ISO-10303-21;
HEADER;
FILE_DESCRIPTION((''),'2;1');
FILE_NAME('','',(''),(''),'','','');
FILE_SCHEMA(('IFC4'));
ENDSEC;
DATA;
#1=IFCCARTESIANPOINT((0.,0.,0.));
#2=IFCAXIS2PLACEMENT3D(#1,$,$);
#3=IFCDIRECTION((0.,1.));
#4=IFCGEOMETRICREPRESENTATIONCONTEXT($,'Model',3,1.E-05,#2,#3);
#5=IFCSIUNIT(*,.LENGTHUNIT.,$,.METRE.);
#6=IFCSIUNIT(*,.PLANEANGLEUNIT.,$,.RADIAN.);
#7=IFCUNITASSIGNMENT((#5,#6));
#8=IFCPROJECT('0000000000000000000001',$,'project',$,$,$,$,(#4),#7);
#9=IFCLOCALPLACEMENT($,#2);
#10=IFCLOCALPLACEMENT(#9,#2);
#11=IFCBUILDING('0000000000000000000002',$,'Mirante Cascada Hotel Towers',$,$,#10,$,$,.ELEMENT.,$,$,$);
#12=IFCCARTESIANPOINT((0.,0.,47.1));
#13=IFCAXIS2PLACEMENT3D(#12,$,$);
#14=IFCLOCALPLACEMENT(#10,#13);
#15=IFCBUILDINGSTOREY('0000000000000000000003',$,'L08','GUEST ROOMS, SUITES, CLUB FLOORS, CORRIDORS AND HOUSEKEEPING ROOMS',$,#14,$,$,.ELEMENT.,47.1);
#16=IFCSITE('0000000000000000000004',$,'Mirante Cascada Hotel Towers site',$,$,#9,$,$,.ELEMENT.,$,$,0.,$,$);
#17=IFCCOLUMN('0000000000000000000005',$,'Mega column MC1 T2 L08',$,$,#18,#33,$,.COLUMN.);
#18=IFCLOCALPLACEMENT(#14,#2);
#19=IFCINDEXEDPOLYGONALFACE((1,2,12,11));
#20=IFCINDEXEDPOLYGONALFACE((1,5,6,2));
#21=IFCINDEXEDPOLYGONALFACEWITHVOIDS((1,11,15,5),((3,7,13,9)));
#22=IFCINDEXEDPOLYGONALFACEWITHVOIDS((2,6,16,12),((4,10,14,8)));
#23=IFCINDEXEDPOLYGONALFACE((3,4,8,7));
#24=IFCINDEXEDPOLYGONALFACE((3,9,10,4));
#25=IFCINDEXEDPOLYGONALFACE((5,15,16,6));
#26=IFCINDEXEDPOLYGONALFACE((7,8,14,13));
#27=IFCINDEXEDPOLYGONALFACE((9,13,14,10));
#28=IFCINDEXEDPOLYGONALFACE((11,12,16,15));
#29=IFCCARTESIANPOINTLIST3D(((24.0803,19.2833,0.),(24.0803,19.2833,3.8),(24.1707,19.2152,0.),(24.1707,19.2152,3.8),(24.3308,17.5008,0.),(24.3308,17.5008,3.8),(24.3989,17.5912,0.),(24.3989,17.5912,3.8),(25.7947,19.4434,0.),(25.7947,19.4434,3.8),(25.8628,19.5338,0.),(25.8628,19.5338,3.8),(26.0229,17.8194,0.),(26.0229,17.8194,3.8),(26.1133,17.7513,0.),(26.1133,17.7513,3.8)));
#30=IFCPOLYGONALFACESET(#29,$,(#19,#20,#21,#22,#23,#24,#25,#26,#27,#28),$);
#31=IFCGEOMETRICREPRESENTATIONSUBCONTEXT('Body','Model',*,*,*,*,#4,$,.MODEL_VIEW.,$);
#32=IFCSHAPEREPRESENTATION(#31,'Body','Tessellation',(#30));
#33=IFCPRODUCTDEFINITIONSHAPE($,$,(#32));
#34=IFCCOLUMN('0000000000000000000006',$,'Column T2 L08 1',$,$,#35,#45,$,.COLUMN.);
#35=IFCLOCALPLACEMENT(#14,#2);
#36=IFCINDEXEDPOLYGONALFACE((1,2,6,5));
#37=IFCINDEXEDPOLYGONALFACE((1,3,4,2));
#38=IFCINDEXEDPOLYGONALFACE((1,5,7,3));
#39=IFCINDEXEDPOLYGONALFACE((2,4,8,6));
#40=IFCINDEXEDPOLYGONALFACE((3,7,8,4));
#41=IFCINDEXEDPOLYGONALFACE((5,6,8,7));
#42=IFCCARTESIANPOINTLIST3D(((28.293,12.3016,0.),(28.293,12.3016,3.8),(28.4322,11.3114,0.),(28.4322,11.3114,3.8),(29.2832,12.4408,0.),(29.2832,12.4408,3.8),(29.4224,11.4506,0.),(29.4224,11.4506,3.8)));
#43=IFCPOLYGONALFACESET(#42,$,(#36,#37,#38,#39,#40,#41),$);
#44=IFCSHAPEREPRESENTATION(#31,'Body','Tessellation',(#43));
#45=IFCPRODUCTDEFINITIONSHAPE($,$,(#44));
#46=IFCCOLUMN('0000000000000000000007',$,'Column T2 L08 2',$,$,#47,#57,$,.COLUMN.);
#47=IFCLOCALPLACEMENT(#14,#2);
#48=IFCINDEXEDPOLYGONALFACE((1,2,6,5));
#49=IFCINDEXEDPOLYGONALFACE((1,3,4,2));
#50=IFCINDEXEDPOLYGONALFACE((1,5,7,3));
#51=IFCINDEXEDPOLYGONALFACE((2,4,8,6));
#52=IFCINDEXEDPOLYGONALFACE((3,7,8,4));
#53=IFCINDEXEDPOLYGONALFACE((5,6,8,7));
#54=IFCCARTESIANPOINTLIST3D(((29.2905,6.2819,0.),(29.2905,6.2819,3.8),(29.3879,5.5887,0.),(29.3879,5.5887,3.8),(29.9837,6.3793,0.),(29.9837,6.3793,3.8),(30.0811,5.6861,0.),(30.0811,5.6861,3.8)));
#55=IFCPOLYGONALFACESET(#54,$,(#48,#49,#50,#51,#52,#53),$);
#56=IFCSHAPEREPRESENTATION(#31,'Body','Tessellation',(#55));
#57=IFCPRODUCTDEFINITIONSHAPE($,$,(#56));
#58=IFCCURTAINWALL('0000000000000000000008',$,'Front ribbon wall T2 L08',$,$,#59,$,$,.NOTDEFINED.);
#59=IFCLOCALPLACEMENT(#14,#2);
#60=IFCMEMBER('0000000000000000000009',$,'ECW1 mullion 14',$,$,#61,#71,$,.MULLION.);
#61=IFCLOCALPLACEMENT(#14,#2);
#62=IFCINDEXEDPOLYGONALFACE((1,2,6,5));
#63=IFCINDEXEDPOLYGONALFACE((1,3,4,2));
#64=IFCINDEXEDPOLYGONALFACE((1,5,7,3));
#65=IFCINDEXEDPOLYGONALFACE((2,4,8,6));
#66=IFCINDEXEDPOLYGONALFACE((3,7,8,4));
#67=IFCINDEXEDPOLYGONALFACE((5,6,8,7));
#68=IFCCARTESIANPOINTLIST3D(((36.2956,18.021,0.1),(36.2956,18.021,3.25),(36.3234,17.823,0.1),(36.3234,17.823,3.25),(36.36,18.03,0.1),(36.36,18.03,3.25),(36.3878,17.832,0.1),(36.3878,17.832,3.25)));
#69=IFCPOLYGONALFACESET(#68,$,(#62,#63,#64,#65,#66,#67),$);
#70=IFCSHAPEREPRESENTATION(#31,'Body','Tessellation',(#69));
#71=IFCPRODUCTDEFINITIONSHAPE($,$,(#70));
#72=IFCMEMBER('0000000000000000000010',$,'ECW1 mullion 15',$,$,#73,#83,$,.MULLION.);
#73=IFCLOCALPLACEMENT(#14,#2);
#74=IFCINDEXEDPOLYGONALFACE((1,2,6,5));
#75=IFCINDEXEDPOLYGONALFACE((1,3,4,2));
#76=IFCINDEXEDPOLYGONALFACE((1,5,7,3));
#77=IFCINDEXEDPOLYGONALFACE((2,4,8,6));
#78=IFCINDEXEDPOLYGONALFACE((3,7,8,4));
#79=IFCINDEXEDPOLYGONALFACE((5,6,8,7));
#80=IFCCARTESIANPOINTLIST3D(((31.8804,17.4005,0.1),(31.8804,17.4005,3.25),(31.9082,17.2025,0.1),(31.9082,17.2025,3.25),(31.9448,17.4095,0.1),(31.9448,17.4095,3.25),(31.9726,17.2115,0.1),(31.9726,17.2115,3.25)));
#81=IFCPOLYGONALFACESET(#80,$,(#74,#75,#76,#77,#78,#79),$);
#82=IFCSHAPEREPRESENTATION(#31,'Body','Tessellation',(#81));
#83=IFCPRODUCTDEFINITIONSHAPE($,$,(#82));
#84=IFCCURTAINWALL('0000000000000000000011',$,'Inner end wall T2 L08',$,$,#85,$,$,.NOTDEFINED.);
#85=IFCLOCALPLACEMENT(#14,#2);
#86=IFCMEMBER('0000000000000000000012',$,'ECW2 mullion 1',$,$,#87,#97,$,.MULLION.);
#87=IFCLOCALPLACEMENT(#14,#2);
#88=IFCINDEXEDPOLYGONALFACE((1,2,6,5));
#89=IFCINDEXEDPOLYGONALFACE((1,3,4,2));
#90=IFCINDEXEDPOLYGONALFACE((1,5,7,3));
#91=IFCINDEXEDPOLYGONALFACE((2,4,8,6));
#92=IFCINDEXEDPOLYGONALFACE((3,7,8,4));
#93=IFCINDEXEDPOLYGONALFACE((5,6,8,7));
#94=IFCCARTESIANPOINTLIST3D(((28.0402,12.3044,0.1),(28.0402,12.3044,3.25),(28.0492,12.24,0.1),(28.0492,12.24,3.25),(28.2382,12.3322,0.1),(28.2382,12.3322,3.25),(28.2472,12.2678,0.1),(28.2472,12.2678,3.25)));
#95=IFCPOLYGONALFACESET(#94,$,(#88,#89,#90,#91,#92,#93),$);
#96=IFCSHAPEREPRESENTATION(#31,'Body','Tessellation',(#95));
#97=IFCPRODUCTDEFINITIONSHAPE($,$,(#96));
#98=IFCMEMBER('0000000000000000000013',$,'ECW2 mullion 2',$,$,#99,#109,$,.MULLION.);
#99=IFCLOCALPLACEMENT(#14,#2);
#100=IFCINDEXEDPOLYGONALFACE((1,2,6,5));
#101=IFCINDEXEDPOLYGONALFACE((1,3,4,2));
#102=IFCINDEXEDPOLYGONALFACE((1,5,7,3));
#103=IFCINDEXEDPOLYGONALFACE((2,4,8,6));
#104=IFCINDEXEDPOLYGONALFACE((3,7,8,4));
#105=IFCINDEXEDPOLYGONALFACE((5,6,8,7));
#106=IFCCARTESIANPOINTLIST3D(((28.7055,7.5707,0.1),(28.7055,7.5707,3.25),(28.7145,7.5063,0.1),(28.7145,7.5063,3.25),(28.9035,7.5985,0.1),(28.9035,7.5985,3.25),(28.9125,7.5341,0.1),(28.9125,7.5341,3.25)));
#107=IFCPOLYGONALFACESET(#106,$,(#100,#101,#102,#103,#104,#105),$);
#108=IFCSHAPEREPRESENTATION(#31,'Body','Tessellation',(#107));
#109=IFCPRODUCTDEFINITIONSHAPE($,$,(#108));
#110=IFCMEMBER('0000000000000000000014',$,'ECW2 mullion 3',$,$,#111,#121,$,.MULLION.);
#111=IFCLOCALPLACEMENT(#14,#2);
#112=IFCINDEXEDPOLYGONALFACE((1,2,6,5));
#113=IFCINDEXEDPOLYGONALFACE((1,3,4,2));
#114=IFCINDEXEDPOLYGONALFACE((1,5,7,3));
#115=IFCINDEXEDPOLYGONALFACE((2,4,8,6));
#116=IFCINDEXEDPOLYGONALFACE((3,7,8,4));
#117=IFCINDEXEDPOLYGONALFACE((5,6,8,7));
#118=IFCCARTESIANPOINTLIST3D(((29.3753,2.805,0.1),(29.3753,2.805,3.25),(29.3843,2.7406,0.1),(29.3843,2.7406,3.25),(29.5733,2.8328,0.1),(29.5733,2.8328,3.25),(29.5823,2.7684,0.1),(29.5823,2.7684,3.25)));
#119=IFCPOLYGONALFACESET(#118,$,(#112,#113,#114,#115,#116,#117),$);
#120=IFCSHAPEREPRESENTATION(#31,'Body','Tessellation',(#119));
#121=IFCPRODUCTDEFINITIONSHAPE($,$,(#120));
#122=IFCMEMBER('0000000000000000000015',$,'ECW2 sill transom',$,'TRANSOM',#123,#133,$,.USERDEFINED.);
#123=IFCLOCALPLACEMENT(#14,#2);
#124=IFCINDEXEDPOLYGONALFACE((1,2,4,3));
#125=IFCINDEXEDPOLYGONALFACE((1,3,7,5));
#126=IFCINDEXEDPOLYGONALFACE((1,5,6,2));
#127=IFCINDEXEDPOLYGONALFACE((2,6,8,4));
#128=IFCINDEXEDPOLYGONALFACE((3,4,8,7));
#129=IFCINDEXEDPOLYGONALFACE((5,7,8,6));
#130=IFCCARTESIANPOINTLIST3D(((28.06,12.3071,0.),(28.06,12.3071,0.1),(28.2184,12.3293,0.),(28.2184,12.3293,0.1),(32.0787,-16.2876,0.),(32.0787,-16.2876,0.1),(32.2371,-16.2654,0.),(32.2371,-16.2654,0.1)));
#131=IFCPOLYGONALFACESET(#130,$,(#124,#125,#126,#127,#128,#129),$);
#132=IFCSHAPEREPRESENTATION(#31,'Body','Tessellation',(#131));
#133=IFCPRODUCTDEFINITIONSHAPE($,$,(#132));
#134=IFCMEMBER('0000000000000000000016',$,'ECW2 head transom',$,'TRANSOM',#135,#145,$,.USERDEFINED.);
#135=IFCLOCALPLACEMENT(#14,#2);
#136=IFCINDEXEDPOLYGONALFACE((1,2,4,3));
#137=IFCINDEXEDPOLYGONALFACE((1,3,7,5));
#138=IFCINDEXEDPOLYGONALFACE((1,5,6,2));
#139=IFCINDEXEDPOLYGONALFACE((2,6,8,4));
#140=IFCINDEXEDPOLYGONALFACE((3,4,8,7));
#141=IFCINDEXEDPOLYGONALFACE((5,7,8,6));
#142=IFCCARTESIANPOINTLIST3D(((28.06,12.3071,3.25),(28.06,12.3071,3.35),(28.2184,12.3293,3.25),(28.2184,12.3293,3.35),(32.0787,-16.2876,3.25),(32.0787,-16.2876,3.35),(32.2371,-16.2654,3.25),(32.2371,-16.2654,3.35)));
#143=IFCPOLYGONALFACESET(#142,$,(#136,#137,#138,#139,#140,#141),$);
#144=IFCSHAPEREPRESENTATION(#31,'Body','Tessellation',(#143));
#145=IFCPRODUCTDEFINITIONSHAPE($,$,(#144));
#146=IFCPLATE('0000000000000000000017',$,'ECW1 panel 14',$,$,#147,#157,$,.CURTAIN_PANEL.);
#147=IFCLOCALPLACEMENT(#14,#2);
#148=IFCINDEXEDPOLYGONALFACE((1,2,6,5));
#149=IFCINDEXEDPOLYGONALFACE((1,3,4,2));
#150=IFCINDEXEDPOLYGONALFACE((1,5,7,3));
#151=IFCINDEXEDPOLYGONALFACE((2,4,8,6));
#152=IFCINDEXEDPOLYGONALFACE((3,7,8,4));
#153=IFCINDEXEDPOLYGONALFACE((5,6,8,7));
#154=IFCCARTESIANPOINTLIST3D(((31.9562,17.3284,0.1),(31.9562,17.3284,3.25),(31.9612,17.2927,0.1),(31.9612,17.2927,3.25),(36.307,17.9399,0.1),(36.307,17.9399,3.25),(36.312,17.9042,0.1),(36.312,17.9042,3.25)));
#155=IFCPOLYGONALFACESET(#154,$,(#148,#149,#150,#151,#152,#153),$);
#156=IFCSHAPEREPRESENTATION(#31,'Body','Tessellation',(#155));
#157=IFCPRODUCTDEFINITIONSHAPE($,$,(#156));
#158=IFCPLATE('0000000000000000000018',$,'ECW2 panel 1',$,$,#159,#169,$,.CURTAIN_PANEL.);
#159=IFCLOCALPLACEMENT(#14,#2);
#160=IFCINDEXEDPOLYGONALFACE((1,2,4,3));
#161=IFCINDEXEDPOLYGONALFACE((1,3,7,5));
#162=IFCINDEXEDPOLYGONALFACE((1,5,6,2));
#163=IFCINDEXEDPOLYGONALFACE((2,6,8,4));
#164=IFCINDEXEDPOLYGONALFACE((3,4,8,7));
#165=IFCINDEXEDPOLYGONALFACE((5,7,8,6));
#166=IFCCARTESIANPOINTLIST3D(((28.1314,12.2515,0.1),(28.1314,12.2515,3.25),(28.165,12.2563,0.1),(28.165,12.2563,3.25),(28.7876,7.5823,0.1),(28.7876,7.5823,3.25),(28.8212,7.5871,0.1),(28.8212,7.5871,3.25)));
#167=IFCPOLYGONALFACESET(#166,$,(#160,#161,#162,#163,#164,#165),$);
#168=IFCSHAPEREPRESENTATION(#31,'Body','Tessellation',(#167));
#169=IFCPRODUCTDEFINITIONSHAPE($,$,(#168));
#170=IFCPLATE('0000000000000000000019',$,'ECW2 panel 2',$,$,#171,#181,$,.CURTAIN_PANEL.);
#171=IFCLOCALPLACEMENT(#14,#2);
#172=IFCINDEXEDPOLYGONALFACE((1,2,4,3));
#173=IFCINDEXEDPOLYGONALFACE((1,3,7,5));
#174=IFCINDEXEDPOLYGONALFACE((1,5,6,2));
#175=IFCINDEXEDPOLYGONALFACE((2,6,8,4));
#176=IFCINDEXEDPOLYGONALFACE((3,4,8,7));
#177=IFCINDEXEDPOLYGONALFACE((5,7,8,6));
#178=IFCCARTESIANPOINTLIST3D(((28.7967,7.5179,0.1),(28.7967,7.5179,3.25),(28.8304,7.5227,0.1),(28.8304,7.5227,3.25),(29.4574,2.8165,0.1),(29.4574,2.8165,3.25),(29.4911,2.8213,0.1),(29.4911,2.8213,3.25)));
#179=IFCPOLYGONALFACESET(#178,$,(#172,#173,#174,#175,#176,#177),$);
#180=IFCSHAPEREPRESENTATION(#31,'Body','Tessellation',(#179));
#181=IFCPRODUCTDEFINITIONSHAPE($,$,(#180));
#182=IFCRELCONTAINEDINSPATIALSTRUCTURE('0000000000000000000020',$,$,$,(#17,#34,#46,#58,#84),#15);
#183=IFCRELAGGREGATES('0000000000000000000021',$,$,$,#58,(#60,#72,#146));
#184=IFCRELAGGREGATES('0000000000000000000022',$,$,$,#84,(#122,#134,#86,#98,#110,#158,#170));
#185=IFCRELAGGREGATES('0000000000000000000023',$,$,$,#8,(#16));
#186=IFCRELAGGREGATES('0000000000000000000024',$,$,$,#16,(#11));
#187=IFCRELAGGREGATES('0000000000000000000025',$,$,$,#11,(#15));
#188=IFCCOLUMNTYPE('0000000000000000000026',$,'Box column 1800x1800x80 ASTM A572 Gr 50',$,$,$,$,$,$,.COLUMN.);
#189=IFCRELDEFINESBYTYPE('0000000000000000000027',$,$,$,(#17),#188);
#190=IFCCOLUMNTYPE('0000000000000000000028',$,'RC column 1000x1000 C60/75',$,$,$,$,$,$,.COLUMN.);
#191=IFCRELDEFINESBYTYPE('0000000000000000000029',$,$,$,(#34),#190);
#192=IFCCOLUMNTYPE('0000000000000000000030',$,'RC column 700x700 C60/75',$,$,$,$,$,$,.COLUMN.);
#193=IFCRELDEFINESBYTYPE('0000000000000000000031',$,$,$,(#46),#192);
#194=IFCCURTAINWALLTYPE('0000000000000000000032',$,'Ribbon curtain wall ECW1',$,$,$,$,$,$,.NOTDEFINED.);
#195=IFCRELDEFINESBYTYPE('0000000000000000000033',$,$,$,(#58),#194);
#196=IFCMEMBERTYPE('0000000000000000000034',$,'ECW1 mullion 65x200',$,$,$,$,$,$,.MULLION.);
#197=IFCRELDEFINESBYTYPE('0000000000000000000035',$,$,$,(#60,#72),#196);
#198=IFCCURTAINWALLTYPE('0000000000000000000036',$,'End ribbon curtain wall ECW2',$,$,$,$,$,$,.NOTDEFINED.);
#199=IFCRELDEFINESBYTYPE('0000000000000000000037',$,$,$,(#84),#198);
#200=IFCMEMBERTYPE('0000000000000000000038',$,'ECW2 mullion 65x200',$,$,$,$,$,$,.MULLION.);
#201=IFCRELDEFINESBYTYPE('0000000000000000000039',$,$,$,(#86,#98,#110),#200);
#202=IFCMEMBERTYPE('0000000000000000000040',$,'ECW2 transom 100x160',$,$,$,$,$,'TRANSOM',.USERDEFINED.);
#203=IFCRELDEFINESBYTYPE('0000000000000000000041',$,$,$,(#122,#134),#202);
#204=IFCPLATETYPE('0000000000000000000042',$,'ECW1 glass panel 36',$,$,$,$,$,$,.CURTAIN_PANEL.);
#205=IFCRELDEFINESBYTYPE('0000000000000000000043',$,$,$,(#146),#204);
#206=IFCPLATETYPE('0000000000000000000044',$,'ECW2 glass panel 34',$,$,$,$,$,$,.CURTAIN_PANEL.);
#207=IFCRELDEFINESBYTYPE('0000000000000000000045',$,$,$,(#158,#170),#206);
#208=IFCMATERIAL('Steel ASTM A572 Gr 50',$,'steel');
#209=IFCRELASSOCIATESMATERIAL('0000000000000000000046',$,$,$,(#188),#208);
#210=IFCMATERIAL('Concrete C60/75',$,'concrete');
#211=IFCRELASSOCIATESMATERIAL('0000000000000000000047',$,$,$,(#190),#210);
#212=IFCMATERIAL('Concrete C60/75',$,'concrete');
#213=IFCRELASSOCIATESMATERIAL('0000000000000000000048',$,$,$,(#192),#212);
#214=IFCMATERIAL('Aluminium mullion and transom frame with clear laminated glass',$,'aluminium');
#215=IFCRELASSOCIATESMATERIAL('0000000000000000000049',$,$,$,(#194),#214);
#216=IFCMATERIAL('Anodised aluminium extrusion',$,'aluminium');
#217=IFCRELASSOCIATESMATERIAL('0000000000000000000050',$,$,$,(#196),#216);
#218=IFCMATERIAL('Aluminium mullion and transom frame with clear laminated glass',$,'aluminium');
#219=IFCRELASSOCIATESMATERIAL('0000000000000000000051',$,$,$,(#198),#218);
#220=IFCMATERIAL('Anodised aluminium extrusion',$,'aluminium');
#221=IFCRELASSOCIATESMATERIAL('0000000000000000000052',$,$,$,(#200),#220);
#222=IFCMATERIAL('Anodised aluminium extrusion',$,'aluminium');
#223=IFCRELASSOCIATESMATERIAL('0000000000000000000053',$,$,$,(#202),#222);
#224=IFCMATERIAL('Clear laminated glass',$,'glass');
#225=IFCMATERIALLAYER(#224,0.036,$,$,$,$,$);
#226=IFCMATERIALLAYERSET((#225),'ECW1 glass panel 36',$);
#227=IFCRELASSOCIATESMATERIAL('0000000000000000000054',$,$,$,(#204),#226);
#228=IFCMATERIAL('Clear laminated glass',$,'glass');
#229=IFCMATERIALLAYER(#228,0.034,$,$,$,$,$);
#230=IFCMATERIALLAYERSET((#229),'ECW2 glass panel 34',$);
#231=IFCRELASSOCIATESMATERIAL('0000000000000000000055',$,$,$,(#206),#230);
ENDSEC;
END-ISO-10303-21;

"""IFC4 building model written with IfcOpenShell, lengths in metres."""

from ifc_helpers import new_model, si_unit, direction, frame, origin, origin_2d, place, context, subcontext, project, spatial, rectangle, hollow_rectangle, extrude, material, layer, layer_set, material_profile, profile_set, type_object, element, aggregate, save


model = new_model("IFC4")

# Units and contexts
model_context = context("Model", 3, precision=1e-05, world=origin(), true_north=direction((0.0, 1.0)))
body_context = subcontext(model_context, "Body", "Model", "MODEL_VIEW")
ifc_project = project(units=[si_unit("LENGTHUNIT", "METRE"), si_unit("PLANEANGLEUNIT", "RADIAN")], contexts=[model_context])

# Site, building, storey
site_placement = place(None, origin())
site = spatial("IfcSite", under=ifc_project, at=site_placement, Name="Mirante Cascada Hotel Towers site", CompositionType="ELEMENT", RefElevation=0.0)
building_placement = place(site_placement, origin())
building = spatial("IfcBuilding", under=site, at=building_placement, Name="Mirante Cascada Hotel Towers", CompositionType="ELEMENT")
storey_placement = place(building_placement, frame((0.0, 0.0, 47.1)))
storey = spatial("IfcBuildingStorey", under=building, at=storey_placement, Name="L08", Description="GUEST ROOMS, SUITES, CLUB FLOORS, CORRIDORS AND HOUSEKEEPING ROOMS", CompositionType="ELEMENT", Elevation=47.1)

# Columns
ifc_material_1 = material(Name="Steel ASTM A572 Gr 50", Category="steel")
ifc_material_profile_1 = material_profile(ifc_material_1, hollow_rectangle(XDim=1.8, YDim=1.8, WallThickness=0.08, at=origin_2d()), Name="Box column 1800x1800x80 ASTM A572 Gr 50")
ifc_profile_set_1 = profile_set([ifc_material_profile_1], Name="Steel ASTM A572 Gr 50")
column_type_1 = type_object("IfcColumnType", Name="Box column 1800x1800x80 ASTM A572 Gr 50", PredefinedType="COLUMN", material=ifc_profile_set_1)
column_1_placement = place(storey_placement, frame((25.0968, 18.5173, 0.0), z_axis=(0.0, 0.0, 1.0), x_axis=(0.990268, 0.139173, 0.0)))
element("IfcColumn", 1, at=column_1_placement, inside=storey, type_object=column_type_1, Name="Mega column MC1 T2 L08", PredefinedType="COLUMN", context=body_context, shape_type="SweptSolid", body=[
    extrude(hollow_rectangle(XDim=1.8, YDim=1.8, WallThickness=0.08, at=origin_2d()), origin(), (0.0, 0.0, 1.0), 3.8),
])
ifc_material_2 = material(Name="Concrete C60/75", Category="concrete")
ifc_material_profile_2 = material_profile(ifc_material_2, rectangle(XDim=1.0, YDim=1.0, at=origin_2d()), Name="RC column 1000x1000 C60/75")
ifc_profile_set_2 = profile_set([ifc_material_profile_2], Name="Concrete C60/75")
column_type_2 = type_object("IfcColumnType", Name="RC column 1000x1000 C60/75", PredefinedType="COLUMN", material=ifc_profile_set_2)
column_2_placement = place(storey_placement, frame((28.8577, 11.8761, 0.0), z_axis=(0.0, 0.0, 1.0), x_axis=(0.990268, 0.139173, 0.0)))
element("IfcColumn", 2, at=column_2_placement, inside=storey, type_object=column_type_2, Name="Column T2 L08 1", PredefinedType="COLUMN", context=body_context, shape_type="SweptSolid", body=[
    extrude(rectangle(XDim=1.0, YDim=1.0, at=origin_2d()), origin(), (0.0, 0.0, 1.0), 3.8),
])
ifc_material_3 = material(Name="Concrete C60/75", Category="concrete")
ifc_material_profile_3 = material_profile(ifc_material_3, rectangle(XDim=0.7, YDim=0.7, at=origin_2d()), Name="RC column 700x700 C60/75")
ifc_profile_set_3 = profile_set([ifc_material_profile_3], Name="Concrete C60/75")
column_type_3 = type_object("IfcColumnType", Name="RC column 700x700 C60/75", PredefinedType="COLUMN", material=ifc_profile_set_3)
column_3_placement = place(storey_placement, frame((29.6858, 5.984, 0.0), z_axis=(0.0, 0.0, 1.0), x_axis=(0.990268, 0.139173, 0.0)))
element("IfcColumn", 3, at=column_3_placement, inside=storey, type_object=column_type_3, Name="Column T2 L08 2", PredefinedType="COLUMN", context=body_context, shape_type="SweptSolid", body=[
    extrude(rectangle(XDim=0.7, YDim=0.7, at=origin_2d()), origin(), (0.0, 0.0, 1.0), 3.8),
])

# Curtain walls, members
ifc_material_4 = material(Name="Aluminium mullion and transom frame with clear laminated glass", Category="aluminium")
curtain_wall_type_1 = type_object("IfcCurtainWallType", Name="Ribbon curtain wall ECW1", PredefinedType="NOTDEFINED", material=ifc_material_4)
curtain_wall_1_placement = place(storey_placement, origin())
curtain_wall_1 = element("IfcCurtainWall", 4, at=curtain_wall_1_placement, inside=storey, type_object=curtain_wall_type_1, Name="Front ribbon wall T2 L08", PredefinedType="NOTDEFINED")
ifc_material_5 = material(Name="Anodised aluminium extrusion", Category="aluminium")
ifc_material_profile_4 = material_profile(ifc_material_5, rectangle(XDim=0.2, YDim=0.065, at=origin_2d()), Name="ECW1 MULLION 65x200")
ifc_profile_set_4 = profile_set([ifc_material_profile_4], Name="Anodised aluminium extrusion")
member_type_1 = type_object("IfcMemberType", Name="ECW1 mullion 65x200", PredefinedType="MULLION", material=ifc_profile_set_4)
member_1_placement = place(storey_placement, frame((36.3417, 17.9265, 0.1), z_axis=(0.0, 0.0, 1.0), x_axis=(0.139173, -0.990268, 0.0)))
member_1 = element("IfcMember", 5, at=member_1_placement, type_object=member_type_1, Name="ECW1 mullion 14", PredefinedType="MULLION", context=body_context, shape_type="SweptSolid", body=[
    extrude(rectangle(XDim=0.2, YDim=0.065, at=origin_2d()), origin(), (0.0, 0.0, 1.0), 3.15),
])
member_2_placement = place(storey_placement, frame((31.9265, 17.306, 0.1), z_axis=(0.0, 0.0, 1.0), x_axis=(0.139173, -0.990268, 0.0)))
member_2 = element("IfcMember", 6, at=member_2_placement, type_object=member_type_1, Name="ECW1 mullion 15", PredefinedType="MULLION", context=body_context, shape_type="SweptSolid", body=[
    extrude(rectangle(XDim=0.2, YDim=0.065, at=origin_2d()), origin(), (0.0, 0.0, 1.0), 3.15),
])
ifc_material_6 = material(Name="Aluminium mullion and transom frame with clear laminated glass", Category="aluminium")
curtain_wall_type_2 = type_object("IfcCurtainWallType", Name="End ribbon curtain wall ECW2", PredefinedType="NOTDEFINED", material=ifc_material_6)
curtain_wall_2_placement = place(storey_placement, origin())
curtain_wall_2 = element("IfcCurtainWall", 7, at=curtain_wall_2_placement, inside=storey, type_object=curtain_wall_type_2, Name="Inner end wall T2 L08", PredefinedType="NOTDEFINED")
ifc_material_7 = material(Name="Anodised aluminium extrusion", Category="aluminium")
ifc_material_profile_5 = material_profile(ifc_material_7, rectangle(XDim=0.2, YDim=0.065, at=origin_2d()), Name="ECW2 MULLION 65x200")
ifc_profile_set_5 = profile_set([ifc_material_profile_5], Name="Anodised aluminium extrusion")
member_type_2 = type_object("IfcMemberType", Name="ECW2 mullion 65x200", PredefinedType="MULLION", material=ifc_profile_set_5)
member_3_placement = place(storey_placement, frame((28.1437, 12.2861, 0.1), z_axis=(0.0, 0.0, 1.0), x_axis=(0.990268, 0.139173, 0.0)))
member_3 = element("IfcMember", 8, at=member_3_placement, type_object=member_type_2, Name="ECW2 mullion 1", PredefinedType="MULLION", context=body_context, shape_type="SweptSolid", body=[
    extrude(rectangle(XDim=0.2, YDim=0.065, at=origin_2d()), origin(), (0.0, 0.0, 1.0), 3.15),
])
member_4_placement = place(storey_placement, frame((28.809, 7.5524, 0.1), z_axis=(0.0, 0.0, 1.0), x_axis=(0.990268, 0.139173, 0.0)))
member_4 = element("IfcMember", 9, at=member_4_placement, type_object=member_type_2, Name="ECW2 mullion 2", PredefinedType="MULLION", context=body_context, shape_type="SweptSolid", body=[
    extrude(rectangle(XDim=0.2, YDim=0.065, at=origin_2d()), origin(), (0.0, 0.0, 1.0), 3.15),
])
member_5_placement = place(storey_placement, frame((29.4788, 2.7867, 0.1), z_axis=(0.0, 0.0, 1.0), x_axis=(0.990268, 0.139173, 0.0)))
member_5 = element("IfcMember", 10, at=member_5_placement, type_object=member_type_2, Name="ECW2 mullion 3", PredefinedType="MULLION", context=body_context, shape_type="SweptSolid", body=[
    extrude(rectangle(XDim=0.2, YDim=0.065, at=origin_2d()), origin(), (0.0, 0.0, 1.0), 3.15),
])
ifc_material_8 = material(Name="Anodised aluminium extrusion", Category="aluminium")
ifc_material_profile_6 = material_profile(ifc_material_8, rectangle(XDim=0.16, YDim=0.1, at=origin_2d()), Name="ECW2 TRANSOM 100x160")
ifc_profile_set_6 = profile_set([ifc_material_profile_6], Name="Anodised aluminium extrusion")
member_type_3 = type_object("IfcMemberType", Name="ECW2 transom 100x160", ElementType="TRANSOM", PredefinedType="USERDEFINED", material=ifc_profile_set_6)
member_6_placement = place(storey_placement, frame((28.1392, 12.3182, 0.05), z_axis=(0.139172, -0.990268, 0.0), x_axis=(0.990268, 0.139172, 0.0)))
member_6 = element("IfcMember", 11, at=member_6_placement, type_object=member_type_3, Name="ECW2 sill transom", ObjectType="TRANSOM", PredefinedType="USERDEFINED", context=body_context, shape_type="SweptSolid", body=[
    extrude(rectangle(XDim=0.16, YDim=0.1, at=origin_2d()), origin(), (0.0, 0.0, 1.0), 28.8757),
])
member_7_placement = place(storey_placement, frame((28.1392, 12.3182, 3.3), z_axis=(0.139172, -0.990268, 0.0), x_axis=(0.990268, 0.139172, 0.0)))
member_7 = element("IfcMember", 12, at=member_7_placement, type_object=member_type_3, Name="ECW2 head transom", ObjectType="TRANSOM", PredefinedType="USERDEFINED", context=body_context, shape_type="SweptSolid", body=[
    extrude(rectangle(XDim=0.16, YDim=0.1, at=origin_2d()), origin(), (0.0, 0.0, 1.0), 28.8757),
])

# Plates
ifc_material_9 = material(Name="Clear laminated glass", Category="glass")
ifc_layer_1 = layer(ifc_material_9, 0.036)
ifc_layer_set_1 = layer_set([ifc_layer_1], Name="ECW1 glass panel 36")
plate_type_1 = type_object("IfcPlateType", Name="ECW1 glass panel 36", PredefinedType="CURTAIN_PANEL", material=ifc_layer_set_1)
plate_1_placement = place(storey_placement, frame((34.1341, 17.6163, 0.1), z_axis=(0.0, 0.0, 1.0), x_axis=(-0.990268, -0.139173, 0.0)))
plate_1 = element("IfcPlate", 13, at=plate_1_placement, type_object=plate_type_1, Name="ECW1 panel 14", PredefinedType="CURTAIN_PANEL", context=body_context, shape_type="SweptSolid", body=[
    extrude(rectangle(XDim=4.3936, YDim=0.036, at=origin_2d()), origin(), (0.0, 0.0, 1.0), 3.15),
])
aggregate(curtain_wall_1, [member_1, member_2, plate_1])
ifc_material_10 = material(Name="Clear laminated glass", Category="glass")
ifc_layer_2 = layer(ifc_material_10, 0.034)
ifc_layer_set_2 = layer_set([ifc_layer_2], Name="ECW2 glass panel 34")
plate_type_2 = type_object("IfcPlateType", Name="ECW2 glass panel 34", PredefinedType="CURTAIN_PANEL", material=ifc_layer_set_2)
plate_2_placement = place(storey_placement, frame((28.4763, 9.9193, 0.1), z_axis=(0.0, 0.0, 1.0), x_axis=(0.139173, -0.990268, 0.0)))
plate_2 = element("IfcPlate", 14, at=plate_2_placement, type_object=plate_type_2, Name="ECW2 panel 1", PredefinedType="CURTAIN_PANEL", context=body_context, shape_type="SweptSolid", body=[
    extrude(rectangle(XDim=4.7151, YDim=0.034, at=origin_2d()), origin(), (0.0, 0.0, 1.0), 3.15),
])
plate_3_placement = place(storey_placement, frame((29.1439, 5.1696, 0.1), z_axis=(0.0, 0.0, 1.0), x_axis=(0.139173, -0.990268, 0.0)))
plate_3 = element("IfcPlate", 15, at=plate_3_placement, type_object=plate_type_2, Name="ECW2 panel 2", PredefinedType="CURTAIN_PANEL", context=body_context, shape_type="SweptSolid", body=[
    extrude(rectangle(XDim=4.7476, YDim=0.034, at=origin_2d()), origin(), (0.0, 0.0, 1.0), 3.15),
])
aggregate(curtain_wall_2, [member_6, member_7, member_3, member_4, member_5, plate_2, plate_3])

save(model, "model.ifc")
